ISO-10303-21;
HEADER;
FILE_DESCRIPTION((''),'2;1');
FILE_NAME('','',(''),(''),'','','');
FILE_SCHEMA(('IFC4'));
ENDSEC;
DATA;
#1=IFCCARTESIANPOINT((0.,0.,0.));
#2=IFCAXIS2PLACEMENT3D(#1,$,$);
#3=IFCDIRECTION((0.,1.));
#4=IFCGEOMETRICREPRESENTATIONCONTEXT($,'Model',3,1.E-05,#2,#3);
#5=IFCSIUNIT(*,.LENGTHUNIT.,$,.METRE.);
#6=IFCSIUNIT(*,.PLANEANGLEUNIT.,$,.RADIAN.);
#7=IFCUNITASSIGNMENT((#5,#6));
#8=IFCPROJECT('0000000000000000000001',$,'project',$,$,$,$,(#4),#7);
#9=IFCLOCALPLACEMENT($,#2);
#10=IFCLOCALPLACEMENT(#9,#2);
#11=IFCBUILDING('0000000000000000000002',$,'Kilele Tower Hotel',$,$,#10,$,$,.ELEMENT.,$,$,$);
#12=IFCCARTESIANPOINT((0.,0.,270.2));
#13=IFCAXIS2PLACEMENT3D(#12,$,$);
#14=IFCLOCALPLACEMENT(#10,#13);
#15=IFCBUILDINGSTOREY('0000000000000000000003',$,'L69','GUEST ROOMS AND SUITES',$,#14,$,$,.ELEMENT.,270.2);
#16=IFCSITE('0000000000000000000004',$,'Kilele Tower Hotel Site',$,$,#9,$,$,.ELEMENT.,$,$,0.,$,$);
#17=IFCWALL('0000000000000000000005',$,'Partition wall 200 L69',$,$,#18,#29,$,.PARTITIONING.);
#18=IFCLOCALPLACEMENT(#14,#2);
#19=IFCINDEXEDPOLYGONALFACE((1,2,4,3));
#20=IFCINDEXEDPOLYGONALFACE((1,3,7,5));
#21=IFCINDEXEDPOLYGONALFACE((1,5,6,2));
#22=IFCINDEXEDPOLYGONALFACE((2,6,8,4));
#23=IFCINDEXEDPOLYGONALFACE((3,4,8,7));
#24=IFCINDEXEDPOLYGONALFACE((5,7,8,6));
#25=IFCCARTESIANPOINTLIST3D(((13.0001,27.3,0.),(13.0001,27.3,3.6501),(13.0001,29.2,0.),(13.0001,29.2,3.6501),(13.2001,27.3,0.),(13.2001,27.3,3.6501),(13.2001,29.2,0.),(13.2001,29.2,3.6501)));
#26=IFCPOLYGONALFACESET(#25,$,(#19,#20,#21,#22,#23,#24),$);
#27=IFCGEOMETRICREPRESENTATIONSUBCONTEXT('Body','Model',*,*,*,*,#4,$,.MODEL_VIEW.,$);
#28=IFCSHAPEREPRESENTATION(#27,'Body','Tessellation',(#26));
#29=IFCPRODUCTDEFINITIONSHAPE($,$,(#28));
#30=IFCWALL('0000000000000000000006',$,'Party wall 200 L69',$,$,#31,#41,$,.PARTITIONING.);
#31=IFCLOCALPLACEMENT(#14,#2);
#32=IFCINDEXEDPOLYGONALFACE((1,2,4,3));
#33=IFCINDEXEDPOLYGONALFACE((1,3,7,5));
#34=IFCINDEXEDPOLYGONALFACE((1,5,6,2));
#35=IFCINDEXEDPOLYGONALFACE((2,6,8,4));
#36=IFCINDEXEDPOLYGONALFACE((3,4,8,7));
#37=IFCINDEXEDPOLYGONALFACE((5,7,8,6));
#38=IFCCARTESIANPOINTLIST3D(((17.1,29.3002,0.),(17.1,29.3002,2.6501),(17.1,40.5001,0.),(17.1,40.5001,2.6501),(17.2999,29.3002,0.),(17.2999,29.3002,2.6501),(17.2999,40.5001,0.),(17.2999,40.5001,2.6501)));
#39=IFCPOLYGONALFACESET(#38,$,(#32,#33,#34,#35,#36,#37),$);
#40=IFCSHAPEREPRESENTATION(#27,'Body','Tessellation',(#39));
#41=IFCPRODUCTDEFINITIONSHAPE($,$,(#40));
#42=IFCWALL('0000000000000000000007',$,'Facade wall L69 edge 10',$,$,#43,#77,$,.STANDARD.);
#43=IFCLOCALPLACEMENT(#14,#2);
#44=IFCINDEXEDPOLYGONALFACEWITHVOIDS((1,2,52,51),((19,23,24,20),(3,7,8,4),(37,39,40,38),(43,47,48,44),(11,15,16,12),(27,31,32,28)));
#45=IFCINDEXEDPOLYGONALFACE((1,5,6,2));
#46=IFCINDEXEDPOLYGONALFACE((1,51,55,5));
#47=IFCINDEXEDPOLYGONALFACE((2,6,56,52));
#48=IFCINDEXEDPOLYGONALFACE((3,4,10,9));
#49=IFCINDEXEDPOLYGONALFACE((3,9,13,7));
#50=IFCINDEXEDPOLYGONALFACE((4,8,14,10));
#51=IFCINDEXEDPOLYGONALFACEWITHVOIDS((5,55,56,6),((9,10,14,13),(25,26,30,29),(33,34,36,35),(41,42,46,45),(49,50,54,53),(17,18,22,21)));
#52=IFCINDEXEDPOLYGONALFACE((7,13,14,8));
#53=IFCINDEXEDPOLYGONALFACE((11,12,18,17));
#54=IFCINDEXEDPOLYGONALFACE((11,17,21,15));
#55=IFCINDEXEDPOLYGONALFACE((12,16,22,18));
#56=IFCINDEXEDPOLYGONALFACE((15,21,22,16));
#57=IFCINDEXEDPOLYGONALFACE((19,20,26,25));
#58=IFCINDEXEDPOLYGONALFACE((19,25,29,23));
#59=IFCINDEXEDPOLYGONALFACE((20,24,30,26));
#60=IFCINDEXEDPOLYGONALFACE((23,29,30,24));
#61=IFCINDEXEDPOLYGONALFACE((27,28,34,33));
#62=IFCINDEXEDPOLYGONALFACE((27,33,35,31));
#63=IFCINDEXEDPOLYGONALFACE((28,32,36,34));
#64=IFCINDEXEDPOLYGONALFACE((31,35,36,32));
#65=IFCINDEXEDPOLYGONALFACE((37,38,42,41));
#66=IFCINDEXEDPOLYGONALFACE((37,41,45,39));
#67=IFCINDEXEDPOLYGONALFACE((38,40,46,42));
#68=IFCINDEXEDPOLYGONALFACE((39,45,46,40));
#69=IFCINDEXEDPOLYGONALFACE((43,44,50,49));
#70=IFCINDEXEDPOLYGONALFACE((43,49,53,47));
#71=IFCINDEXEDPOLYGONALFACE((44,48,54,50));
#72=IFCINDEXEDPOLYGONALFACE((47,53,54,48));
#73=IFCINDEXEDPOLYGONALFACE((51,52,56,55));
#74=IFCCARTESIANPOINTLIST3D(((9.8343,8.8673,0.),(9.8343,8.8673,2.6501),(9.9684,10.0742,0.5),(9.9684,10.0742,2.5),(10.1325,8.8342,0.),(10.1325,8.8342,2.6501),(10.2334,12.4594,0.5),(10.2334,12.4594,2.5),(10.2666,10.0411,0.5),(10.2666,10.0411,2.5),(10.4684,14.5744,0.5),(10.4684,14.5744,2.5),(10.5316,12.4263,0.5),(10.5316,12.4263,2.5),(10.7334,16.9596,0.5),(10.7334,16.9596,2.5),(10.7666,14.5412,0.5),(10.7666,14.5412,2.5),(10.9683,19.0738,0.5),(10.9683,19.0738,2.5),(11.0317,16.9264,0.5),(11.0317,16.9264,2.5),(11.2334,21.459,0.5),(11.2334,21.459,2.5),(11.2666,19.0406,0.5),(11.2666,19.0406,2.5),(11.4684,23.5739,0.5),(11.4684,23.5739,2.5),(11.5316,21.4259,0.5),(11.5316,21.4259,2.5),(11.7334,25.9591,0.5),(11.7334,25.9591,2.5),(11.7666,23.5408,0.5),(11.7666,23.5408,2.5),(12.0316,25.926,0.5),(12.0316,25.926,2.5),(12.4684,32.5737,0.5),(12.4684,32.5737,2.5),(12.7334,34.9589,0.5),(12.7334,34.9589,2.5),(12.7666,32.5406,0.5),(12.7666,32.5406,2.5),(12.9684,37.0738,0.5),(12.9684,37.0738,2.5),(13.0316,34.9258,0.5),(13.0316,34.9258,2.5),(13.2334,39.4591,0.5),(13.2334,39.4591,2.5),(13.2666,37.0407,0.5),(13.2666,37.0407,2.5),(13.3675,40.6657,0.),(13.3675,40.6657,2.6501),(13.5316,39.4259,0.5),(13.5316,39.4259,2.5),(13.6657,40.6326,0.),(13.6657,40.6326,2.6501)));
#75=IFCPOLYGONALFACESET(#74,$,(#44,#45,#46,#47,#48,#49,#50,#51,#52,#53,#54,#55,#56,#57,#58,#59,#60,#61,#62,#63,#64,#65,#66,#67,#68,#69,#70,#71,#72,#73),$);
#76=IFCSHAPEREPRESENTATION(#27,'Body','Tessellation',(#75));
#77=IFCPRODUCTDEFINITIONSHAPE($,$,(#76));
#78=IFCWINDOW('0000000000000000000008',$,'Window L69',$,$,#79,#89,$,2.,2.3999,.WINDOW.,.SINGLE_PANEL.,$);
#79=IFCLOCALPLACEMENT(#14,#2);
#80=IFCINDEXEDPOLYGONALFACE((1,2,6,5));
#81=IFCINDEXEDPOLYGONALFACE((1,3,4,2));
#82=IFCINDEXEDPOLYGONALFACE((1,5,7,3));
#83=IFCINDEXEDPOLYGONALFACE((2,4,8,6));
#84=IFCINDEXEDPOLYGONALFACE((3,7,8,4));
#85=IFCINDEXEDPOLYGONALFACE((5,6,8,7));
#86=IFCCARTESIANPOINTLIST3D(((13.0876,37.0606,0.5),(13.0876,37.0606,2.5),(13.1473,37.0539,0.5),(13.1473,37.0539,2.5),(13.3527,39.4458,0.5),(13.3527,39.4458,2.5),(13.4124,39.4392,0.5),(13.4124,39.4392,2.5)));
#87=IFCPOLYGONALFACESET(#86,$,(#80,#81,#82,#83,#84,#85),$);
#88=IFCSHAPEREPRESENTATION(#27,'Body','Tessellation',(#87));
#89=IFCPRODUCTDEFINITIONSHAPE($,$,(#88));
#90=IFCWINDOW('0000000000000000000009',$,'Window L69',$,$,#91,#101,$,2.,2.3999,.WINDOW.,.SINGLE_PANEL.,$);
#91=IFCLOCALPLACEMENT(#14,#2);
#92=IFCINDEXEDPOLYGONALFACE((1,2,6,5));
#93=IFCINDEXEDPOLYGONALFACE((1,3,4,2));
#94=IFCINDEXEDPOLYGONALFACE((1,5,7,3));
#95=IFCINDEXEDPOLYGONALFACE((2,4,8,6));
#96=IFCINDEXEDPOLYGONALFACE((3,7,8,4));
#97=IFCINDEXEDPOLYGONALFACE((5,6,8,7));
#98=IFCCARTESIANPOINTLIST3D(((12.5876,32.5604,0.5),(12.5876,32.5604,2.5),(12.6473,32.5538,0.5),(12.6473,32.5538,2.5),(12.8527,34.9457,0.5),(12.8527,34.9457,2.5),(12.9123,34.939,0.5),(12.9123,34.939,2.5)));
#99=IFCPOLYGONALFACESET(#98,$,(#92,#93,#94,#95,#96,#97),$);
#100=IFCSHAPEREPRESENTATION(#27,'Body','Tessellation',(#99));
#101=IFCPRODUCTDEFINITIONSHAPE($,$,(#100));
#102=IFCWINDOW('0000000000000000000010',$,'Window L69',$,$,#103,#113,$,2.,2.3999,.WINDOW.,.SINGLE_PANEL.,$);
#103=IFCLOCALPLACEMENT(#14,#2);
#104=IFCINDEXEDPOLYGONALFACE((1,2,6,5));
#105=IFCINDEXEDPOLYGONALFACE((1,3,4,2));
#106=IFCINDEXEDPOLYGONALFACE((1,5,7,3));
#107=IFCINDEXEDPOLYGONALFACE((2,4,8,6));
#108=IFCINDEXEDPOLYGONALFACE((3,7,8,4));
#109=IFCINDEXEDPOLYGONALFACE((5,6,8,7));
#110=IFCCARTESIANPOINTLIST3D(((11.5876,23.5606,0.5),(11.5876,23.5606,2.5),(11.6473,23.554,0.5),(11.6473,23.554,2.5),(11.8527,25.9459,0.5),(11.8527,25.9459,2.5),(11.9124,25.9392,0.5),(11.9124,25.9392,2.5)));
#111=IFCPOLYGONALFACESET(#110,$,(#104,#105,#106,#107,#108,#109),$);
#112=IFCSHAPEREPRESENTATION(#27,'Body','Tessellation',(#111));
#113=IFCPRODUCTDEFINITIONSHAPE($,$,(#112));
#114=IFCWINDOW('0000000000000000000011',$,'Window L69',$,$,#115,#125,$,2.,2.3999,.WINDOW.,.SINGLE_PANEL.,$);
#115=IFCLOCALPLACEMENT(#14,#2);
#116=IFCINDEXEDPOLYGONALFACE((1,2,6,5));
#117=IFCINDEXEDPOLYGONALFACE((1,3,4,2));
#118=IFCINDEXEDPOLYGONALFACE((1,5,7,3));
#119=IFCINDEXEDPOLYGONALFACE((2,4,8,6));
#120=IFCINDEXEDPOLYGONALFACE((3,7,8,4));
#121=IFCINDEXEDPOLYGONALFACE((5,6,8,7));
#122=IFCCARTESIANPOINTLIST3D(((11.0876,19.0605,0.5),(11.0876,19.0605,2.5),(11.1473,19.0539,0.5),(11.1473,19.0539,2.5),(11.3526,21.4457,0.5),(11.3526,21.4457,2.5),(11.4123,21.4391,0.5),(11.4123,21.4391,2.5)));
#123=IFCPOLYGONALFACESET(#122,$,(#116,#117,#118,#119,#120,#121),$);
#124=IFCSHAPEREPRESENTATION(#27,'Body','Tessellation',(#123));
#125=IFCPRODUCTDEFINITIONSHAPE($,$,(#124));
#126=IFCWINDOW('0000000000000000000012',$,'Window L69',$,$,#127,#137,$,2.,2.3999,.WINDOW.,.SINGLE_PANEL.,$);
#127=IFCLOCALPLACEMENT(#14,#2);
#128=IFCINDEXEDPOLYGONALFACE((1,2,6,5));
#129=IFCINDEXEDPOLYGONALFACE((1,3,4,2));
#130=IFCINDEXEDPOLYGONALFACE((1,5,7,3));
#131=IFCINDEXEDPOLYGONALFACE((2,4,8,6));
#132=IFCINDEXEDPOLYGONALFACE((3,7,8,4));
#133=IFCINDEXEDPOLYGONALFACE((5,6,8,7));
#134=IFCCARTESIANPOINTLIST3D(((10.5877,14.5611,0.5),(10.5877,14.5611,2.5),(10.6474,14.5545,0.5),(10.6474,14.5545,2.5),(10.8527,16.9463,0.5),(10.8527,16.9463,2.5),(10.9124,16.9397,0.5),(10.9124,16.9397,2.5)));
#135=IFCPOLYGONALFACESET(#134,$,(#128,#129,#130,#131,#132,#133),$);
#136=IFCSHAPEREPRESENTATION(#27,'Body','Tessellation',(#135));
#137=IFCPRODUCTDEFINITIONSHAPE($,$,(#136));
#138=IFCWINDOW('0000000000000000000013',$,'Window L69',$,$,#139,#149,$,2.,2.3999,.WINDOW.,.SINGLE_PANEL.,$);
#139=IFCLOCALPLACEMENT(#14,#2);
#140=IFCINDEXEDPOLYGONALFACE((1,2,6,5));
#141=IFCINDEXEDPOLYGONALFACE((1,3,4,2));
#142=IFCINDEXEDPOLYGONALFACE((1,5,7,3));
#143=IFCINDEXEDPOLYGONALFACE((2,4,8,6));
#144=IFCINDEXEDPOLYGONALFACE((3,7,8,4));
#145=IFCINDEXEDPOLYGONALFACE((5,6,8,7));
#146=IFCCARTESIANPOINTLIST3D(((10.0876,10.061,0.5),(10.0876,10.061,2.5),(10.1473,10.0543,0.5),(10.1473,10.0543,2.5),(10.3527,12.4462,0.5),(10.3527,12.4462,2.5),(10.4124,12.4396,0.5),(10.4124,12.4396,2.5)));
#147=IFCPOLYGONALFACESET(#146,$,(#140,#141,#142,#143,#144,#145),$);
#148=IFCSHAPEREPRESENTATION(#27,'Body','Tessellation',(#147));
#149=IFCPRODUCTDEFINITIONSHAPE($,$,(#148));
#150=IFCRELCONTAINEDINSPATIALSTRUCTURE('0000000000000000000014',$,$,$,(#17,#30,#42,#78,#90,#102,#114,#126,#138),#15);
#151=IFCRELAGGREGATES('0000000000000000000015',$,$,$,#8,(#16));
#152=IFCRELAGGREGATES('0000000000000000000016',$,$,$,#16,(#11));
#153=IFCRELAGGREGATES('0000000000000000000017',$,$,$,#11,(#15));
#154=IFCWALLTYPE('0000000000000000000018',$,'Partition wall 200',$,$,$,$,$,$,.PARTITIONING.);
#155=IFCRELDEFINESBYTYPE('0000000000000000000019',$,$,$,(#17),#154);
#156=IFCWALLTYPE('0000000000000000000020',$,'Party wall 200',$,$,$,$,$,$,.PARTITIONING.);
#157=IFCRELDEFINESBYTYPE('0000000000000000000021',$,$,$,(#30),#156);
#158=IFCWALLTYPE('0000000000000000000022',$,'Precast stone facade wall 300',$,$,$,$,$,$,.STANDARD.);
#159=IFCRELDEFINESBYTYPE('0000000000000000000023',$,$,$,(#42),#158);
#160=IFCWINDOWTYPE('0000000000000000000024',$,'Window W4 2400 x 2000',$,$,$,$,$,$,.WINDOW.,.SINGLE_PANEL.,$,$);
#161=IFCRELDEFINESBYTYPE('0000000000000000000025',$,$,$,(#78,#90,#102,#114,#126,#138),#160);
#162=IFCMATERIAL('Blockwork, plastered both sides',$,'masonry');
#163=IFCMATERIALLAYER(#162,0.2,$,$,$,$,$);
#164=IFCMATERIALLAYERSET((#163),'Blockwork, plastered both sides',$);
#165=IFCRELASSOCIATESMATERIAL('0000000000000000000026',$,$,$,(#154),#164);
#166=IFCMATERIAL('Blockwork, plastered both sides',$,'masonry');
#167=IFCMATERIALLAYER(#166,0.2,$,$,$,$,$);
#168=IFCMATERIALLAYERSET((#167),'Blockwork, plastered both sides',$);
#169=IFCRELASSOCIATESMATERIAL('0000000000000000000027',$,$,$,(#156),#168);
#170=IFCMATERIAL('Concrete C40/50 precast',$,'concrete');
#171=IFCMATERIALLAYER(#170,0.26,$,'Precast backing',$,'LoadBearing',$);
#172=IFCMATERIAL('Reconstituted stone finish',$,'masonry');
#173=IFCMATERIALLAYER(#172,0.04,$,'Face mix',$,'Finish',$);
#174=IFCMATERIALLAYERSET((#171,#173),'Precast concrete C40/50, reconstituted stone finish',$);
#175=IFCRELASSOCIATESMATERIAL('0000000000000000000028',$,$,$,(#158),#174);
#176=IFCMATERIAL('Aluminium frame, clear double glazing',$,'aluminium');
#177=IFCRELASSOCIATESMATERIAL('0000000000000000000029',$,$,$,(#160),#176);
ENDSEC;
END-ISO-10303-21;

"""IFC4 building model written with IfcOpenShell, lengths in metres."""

from ifc_helpers import new_model, si_unit, direction, frame, frame_2d, origin, place, context, subcontext, project, spatial, rectangle, extrude, material, layer, layer_set, type_object, element, fill, save


model = new_model("IFC4")

# Units and contexts
model_context = context("Model", 3, precision=1e-05, world=origin(), true_north=direction((0.0, 1.0)))
body_context = subcontext(model_context, "Body", "Model", "MODEL_VIEW")
ifc_project = project(units=[si_unit("LENGTHUNIT", "METRE"), si_unit("PLANEANGLEUNIT", "RADIAN")], contexts=[model_context])

# Site, building, storey
site_placement = place(None, origin())
site = spatial("IfcSite", under=ifc_project, at=site_placement, Name="Kilele Tower Hotel Site", CompositionType="ELEMENT", RefElevation=0.0)
building_placement = place(site_placement, origin())
building = spatial("IfcBuilding", under=site, at=building_placement, Name="Kilele Tower Hotel", CompositionType="ELEMENT")
storey_placement = place(building_placement, frame((0.0, 0.0, 270.2)))
storey = spatial("IfcBuildingStorey", under=building, at=storey_placement, Name="L69", Description="GUEST ROOMS AND SUITES", CompositionType="ELEMENT", Elevation=270.2)

# Walls
ifc_material_1 = material(Name="Blockwork, plastered both sides", Category="masonry")
ifc_layer_1 = layer(ifc_material_1, 0.2)
ifc_layer_set_1 = layer_set([ifc_layer_1], Name="Blockwork, plastered both sides")
wall_type_1 = type_object("IfcWallType", Name="Partition wall 200", PredefinedType="PARTITIONING", material=ifc_layer_set_1)
wall_1_placement = place(storey_placement, frame((13.1001, 27.3, 0.0), z_axis=(0.0, 0.0, 1.0), x_axis=(0.0, 1.0, 0.0)))
element("IfcWall", 1, at=wall_1_placement, inside=storey, type_object=wall_type_1, Name="Partition wall 200 L69", PredefinedType="PARTITIONING", context=body_context, shape_type="SweptSolid", body=[
    extrude(rectangle(XDim=1.8999, YDim=0.2, at=frame_2d((0.95, 0.0))), origin(), (0.0, 0.0, 1.0), 3.6501),
])
ifc_material_2 = material(Name="Blockwork, plastered both sides", Category="masonry")
ifc_layer_2 = layer(ifc_material_2, 0.2)
ifc_layer_set_2 = layer_set([ifc_layer_2], Name="Blockwork, plastered both sides")
wall_type_2 = type_object("IfcWallType", Name="Party wall 200", PredefinedType="PARTITIONING", material=ifc_layer_set_2)
wall_2_placement = place(storey_placement, frame((17.2, 29.3, 0.0), z_axis=(0.0, 0.0, 1.0), x_axis=(0.0, 1.0, 0.0)))
element("IfcWall", 2, at=wall_2_placement, inside=storey, type_object=wall_type_2, Name="Party wall 200 L69", PredefinedType="PARTITIONING", context=body_context, shape_type="SweptSolid", body=[
    extrude(rectangle(XDim=11.2, YDim=0.2, at=frame_2d((5.6001, 0.0))), origin(), (0.0, 0.0, 1.0), 2.6501),
])

# Wall, openings, windows
ifc_material_3 = material(Name="Concrete C40/50 precast", Category="concrete")
ifc_layer_3 = layer(ifc_material_3, 0.26, Name="Precast backing", Category="LoadBearing")
ifc_material_4 = material(Name="Reconstituted stone finish", Category="masonry")
ifc_layer_4 = layer(ifc_material_4, 0.04, Name="Face mix", Category="Finish")
ifc_layer_set_3 = layer_set([ifc_layer_3, ifc_layer_4], Name="Precast concrete C40/50, reconstituted stone finish")
wall_type_3 = type_object("IfcWallType", Name="Precast stone facade wall 300", PredefinedType="STANDARD", material=ifc_layer_set_3)
wall_3_placement = place(storey_placement, frame((13.5166, 40.6492, 0.0), z_axis=(0.0, 0.0, 1.0), x_axis=(-0.110433, -0.993884, 0.0)))
wall_3 = element("IfcWall", 3, at=wall_3_placement, inside=storey, type_object=wall_type_3, Name="Facade wall L69 edge 10", PredefinedType="STANDARD", context=body_context, shape_type="SweptSolid", body=[
    extrude(rectangle(XDim=31.9941, YDim=0.3, at=frame_2d((15.9971, 0.0))), origin(), (0.0, 0.0, 1.0), 2.6501),
])
opening_1_placement = place(wall_3_placement, frame((1.2141, 0.0, 0.5)))
opening_1 = element("IfcOpeningElement", 4, at=opening_1_placement, cuts=wall_3, PredefinedType="OPENING", context=body_context, shape_type="SweptSolid", body=[
    extrude(rectangle(XDim=2.3999, YDim=2.0, at=frame_2d((1.2, 1.0))), frame((0.0, 0.1599, 0.0), z_axis=(0.0, -1.0, 0.0), x_axis=(1.0, 0.0, 0.0)), (0.0, 0.0, 1.0), 0.3201),
])
opening_2_placement = place(wall_3_placement, frame((5.7419, 0.0, 0.5)))
opening_2 = element("IfcOpeningElement", 5, at=opening_2_placement, cuts=wall_3, PredefinedType="OPENING", context=body_context, shape_type="SweptSolid", body=[
    extrude(rectangle(XDim=2.3999, YDim=2.0, at=frame_2d((1.2, 1.0))), frame((0.0, 0.1599, 0.0), z_axis=(0.0, -1.0, 0.0), x_axis=(1.0, 0.0, 0.0)), (0.0, 0.0, 1.0), 0.3201),
])
opening_3_placement = place(wall_3_placement, frame((14.7971, 0.0, 0.5)))
opening_3 = element("IfcOpeningElement", 6, at=opening_3_placement, cuts=wall_3, PredefinedType="OPENING", context=body_context, shape_type="SweptSolid", body=[
    extrude(rectangle(XDim=2.3999, YDim=2.0, at=frame_2d((1.2, 1.0))), frame((0.0, 0.1599, 0.0), z_axis=(0.0, -1.0, 0.0), x_axis=(1.0, 0.0, 0.0)), (0.0, 0.0, 1.0), 0.3201),
])
opening_4_placement = place(wall_3_placement, frame((19.325, 0.0, 0.5)))
opening_4 = element("IfcOpeningElement", 7, at=opening_4_placement, cuts=wall_3, PredefinedType="OPENING", context=body_context, shape_type="SweptSolid", body=[
    extrude(rectangle(XDim=2.3999, YDim=2.0, at=frame_2d((1.2, 1.0))), frame((0.0, 0.1599, 0.0), z_axis=(0.0, -1.0, 0.0), x_axis=(1.0, 0.0, 0.0)), (0.0, 0.0, 1.0), 0.3201),
])
opening_5_placement = place(wall_3_placement, frame((23.8521, 0.0, 0.5)))
opening_5 = element("IfcOpeningElement", 8, at=opening_5_placement, cuts=wall_3, PredefinedType="OPENING", context=body_context, shape_type="SweptSolid", body=[
    extrude(rectangle(XDim=2.3999, YDim=2.0, at=frame_2d((1.2, 1.0))), frame((0.0, 0.1599, 0.0), z_axis=(0.0, -1.0, 0.0), x_axis=(1.0, 0.0, 0.0)), (0.0, 0.0, 1.0), 0.3201),
])
opening_6_placement = place(wall_3_placement, frame((28.3799, 0.0, 0.5)))
opening_6 = element("IfcOpeningElement", 9, at=opening_6_placement, cuts=wall_3, PredefinedType="OPENING", context=body_context, shape_type="SweptSolid", body=[
    extrude(rectangle(XDim=2.3999, YDim=2.0, at=frame_2d((1.2, 1.0))), frame((0.0, 0.1599, 0.0), z_axis=(0.0, -1.0, 0.0), x_axis=(1.0, 0.0, 0.0)), (0.0, 0.0, 1.0), 0.3201),
])
ifc_material_5 = material(Name="Aluminium frame, clear double glazing", Category="aluminium")
window_type = type_object("IfcWindowType", Name="Window W4 2400 x 2000", PartitioningType="SINGLE_PANEL", PredefinedType="WINDOW", material=ifc_material_5)
window_1_placement = place(opening_1_placement, origin())
window_1 = element("IfcWindow", 10, at=window_1_placement, inside=storey, type_object=window_type, Name="Window L69", OverallHeight=2.0, OverallWidth=2.3999, PartitioningType="SINGLE_PANEL", PredefinedType="WINDOW", context=body_context, shape_type="SweptSolid", body=[
    extrude(rectangle(XDim=2.3999, YDim=2.0, at=frame_2d((1.2, 1.0))), frame((0.0, 0.03, 0.0), z_axis=(0.0, -1.0, 0.0), x_axis=(1.0, 0.0, 0.0)), (0.0, 0.0, 1.0), 0.0601),
])
fill(opening_1, window_1)
window_2_placement = place(opening_2_placement, origin())
window_2 = element("IfcWindow", 11, at=window_2_placement, inside=storey, type_object=window_type, Name="Window L69", OverallHeight=2.0, OverallWidth=2.3999, PartitioningType="SINGLE_PANEL", PredefinedType="WINDOW", context=body_context, shape_type="SweptSolid", body=[
    extrude(rectangle(XDim=2.3999, YDim=2.0, at=frame_2d((1.2, 1.0))), frame((0.0, 0.03, 0.0), z_axis=(0.0, -1.0, 0.0), x_axis=(1.0, 0.0, 0.0)), (0.0, 0.0, 1.0), 0.0601),
])
fill(opening_2, window_2)
window_3_placement = place(opening_3_placement, origin())
window_3 = element("IfcWindow", 12, at=window_3_placement, inside=storey, type_object=window_type, Name="Window L69", OverallHeight=2.0, OverallWidth=2.3999, PartitioningType="SINGLE_PANEL", PredefinedType="WINDOW", context=body_context, shape_type="SweptSolid", body=[
    extrude(rectangle(XDim=2.3999, YDim=2.0, at=frame_2d((1.2, 1.0))), frame((0.0, 0.03, 0.0), z_axis=(0.0, -1.0, 0.0), x_axis=(1.0, 0.0, 0.0)), (0.0, 0.0, 1.0), 0.0601),
])
fill(opening_3, window_3)
window_4_placement = place(opening_4_placement, origin())
window_4 = element("IfcWindow", 13, at=window_4_placement, inside=storey, type_object=window_type, Name="Window L69", OverallHeight=2.0, OverallWidth=2.3999, PartitioningType="SINGLE_PANEL", PredefinedType="WINDOW", context=body_context, shape_type="SweptSolid", body=[
    extrude(rectangle(XDim=2.3999, YDim=2.0, at=frame_2d((1.2, 1.0))), frame((0.0, 0.03, 0.0), z_axis=(0.0, -1.0, 0.0), x_axis=(1.0, 0.0, 0.0)), (0.0, 0.0, 1.0), 0.0601),
])
fill(opening_4, window_4)
window_5_placement = place(opening_5_placement, origin())
window_5 = element("IfcWindow", 14, at=window_5_placement, inside=storey, type_object=window_type, Name="Window L69", OverallHeight=2.0, OverallWidth=2.3999, PartitioningType="SINGLE_PANEL", PredefinedType="WINDOW", context=body_context, shape_type="SweptSolid", body=[
    extrude(rectangle(XDim=2.3999, YDim=2.0, at=frame_2d((1.2, 1.0))), frame((0.0, 0.03, 0.0), z_axis=(0.0, -1.0, 0.0), x_axis=(1.0, 0.0, 0.0)), (0.0, 0.0, 1.0), 0.0601),
])
fill(opening_5, window_5)
window_6_placement = place(opening_6_placement, origin())
window_6 = element("IfcWindow", 15, at=window_6_placement, inside=storey, type_object=window_type, Name="Window L69", OverallHeight=2.0, OverallWidth=2.3999, PartitioningType="SINGLE_PANEL", PredefinedType="WINDOW", context=body_context, shape_type="SweptSolid", body=[
    extrude(rectangle(XDim=2.3999, YDim=2.0, at=frame_2d((1.2, 1.0))), frame((0.0, 0.03, 0.0), z_axis=(0.0, -1.0, 0.0), x_axis=(1.0, 0.0, 0.0)), (0.0, 0.0, 1.0), 0.0601),
])
fill(opening_6, window_6)

save(model, "model.ifc")
